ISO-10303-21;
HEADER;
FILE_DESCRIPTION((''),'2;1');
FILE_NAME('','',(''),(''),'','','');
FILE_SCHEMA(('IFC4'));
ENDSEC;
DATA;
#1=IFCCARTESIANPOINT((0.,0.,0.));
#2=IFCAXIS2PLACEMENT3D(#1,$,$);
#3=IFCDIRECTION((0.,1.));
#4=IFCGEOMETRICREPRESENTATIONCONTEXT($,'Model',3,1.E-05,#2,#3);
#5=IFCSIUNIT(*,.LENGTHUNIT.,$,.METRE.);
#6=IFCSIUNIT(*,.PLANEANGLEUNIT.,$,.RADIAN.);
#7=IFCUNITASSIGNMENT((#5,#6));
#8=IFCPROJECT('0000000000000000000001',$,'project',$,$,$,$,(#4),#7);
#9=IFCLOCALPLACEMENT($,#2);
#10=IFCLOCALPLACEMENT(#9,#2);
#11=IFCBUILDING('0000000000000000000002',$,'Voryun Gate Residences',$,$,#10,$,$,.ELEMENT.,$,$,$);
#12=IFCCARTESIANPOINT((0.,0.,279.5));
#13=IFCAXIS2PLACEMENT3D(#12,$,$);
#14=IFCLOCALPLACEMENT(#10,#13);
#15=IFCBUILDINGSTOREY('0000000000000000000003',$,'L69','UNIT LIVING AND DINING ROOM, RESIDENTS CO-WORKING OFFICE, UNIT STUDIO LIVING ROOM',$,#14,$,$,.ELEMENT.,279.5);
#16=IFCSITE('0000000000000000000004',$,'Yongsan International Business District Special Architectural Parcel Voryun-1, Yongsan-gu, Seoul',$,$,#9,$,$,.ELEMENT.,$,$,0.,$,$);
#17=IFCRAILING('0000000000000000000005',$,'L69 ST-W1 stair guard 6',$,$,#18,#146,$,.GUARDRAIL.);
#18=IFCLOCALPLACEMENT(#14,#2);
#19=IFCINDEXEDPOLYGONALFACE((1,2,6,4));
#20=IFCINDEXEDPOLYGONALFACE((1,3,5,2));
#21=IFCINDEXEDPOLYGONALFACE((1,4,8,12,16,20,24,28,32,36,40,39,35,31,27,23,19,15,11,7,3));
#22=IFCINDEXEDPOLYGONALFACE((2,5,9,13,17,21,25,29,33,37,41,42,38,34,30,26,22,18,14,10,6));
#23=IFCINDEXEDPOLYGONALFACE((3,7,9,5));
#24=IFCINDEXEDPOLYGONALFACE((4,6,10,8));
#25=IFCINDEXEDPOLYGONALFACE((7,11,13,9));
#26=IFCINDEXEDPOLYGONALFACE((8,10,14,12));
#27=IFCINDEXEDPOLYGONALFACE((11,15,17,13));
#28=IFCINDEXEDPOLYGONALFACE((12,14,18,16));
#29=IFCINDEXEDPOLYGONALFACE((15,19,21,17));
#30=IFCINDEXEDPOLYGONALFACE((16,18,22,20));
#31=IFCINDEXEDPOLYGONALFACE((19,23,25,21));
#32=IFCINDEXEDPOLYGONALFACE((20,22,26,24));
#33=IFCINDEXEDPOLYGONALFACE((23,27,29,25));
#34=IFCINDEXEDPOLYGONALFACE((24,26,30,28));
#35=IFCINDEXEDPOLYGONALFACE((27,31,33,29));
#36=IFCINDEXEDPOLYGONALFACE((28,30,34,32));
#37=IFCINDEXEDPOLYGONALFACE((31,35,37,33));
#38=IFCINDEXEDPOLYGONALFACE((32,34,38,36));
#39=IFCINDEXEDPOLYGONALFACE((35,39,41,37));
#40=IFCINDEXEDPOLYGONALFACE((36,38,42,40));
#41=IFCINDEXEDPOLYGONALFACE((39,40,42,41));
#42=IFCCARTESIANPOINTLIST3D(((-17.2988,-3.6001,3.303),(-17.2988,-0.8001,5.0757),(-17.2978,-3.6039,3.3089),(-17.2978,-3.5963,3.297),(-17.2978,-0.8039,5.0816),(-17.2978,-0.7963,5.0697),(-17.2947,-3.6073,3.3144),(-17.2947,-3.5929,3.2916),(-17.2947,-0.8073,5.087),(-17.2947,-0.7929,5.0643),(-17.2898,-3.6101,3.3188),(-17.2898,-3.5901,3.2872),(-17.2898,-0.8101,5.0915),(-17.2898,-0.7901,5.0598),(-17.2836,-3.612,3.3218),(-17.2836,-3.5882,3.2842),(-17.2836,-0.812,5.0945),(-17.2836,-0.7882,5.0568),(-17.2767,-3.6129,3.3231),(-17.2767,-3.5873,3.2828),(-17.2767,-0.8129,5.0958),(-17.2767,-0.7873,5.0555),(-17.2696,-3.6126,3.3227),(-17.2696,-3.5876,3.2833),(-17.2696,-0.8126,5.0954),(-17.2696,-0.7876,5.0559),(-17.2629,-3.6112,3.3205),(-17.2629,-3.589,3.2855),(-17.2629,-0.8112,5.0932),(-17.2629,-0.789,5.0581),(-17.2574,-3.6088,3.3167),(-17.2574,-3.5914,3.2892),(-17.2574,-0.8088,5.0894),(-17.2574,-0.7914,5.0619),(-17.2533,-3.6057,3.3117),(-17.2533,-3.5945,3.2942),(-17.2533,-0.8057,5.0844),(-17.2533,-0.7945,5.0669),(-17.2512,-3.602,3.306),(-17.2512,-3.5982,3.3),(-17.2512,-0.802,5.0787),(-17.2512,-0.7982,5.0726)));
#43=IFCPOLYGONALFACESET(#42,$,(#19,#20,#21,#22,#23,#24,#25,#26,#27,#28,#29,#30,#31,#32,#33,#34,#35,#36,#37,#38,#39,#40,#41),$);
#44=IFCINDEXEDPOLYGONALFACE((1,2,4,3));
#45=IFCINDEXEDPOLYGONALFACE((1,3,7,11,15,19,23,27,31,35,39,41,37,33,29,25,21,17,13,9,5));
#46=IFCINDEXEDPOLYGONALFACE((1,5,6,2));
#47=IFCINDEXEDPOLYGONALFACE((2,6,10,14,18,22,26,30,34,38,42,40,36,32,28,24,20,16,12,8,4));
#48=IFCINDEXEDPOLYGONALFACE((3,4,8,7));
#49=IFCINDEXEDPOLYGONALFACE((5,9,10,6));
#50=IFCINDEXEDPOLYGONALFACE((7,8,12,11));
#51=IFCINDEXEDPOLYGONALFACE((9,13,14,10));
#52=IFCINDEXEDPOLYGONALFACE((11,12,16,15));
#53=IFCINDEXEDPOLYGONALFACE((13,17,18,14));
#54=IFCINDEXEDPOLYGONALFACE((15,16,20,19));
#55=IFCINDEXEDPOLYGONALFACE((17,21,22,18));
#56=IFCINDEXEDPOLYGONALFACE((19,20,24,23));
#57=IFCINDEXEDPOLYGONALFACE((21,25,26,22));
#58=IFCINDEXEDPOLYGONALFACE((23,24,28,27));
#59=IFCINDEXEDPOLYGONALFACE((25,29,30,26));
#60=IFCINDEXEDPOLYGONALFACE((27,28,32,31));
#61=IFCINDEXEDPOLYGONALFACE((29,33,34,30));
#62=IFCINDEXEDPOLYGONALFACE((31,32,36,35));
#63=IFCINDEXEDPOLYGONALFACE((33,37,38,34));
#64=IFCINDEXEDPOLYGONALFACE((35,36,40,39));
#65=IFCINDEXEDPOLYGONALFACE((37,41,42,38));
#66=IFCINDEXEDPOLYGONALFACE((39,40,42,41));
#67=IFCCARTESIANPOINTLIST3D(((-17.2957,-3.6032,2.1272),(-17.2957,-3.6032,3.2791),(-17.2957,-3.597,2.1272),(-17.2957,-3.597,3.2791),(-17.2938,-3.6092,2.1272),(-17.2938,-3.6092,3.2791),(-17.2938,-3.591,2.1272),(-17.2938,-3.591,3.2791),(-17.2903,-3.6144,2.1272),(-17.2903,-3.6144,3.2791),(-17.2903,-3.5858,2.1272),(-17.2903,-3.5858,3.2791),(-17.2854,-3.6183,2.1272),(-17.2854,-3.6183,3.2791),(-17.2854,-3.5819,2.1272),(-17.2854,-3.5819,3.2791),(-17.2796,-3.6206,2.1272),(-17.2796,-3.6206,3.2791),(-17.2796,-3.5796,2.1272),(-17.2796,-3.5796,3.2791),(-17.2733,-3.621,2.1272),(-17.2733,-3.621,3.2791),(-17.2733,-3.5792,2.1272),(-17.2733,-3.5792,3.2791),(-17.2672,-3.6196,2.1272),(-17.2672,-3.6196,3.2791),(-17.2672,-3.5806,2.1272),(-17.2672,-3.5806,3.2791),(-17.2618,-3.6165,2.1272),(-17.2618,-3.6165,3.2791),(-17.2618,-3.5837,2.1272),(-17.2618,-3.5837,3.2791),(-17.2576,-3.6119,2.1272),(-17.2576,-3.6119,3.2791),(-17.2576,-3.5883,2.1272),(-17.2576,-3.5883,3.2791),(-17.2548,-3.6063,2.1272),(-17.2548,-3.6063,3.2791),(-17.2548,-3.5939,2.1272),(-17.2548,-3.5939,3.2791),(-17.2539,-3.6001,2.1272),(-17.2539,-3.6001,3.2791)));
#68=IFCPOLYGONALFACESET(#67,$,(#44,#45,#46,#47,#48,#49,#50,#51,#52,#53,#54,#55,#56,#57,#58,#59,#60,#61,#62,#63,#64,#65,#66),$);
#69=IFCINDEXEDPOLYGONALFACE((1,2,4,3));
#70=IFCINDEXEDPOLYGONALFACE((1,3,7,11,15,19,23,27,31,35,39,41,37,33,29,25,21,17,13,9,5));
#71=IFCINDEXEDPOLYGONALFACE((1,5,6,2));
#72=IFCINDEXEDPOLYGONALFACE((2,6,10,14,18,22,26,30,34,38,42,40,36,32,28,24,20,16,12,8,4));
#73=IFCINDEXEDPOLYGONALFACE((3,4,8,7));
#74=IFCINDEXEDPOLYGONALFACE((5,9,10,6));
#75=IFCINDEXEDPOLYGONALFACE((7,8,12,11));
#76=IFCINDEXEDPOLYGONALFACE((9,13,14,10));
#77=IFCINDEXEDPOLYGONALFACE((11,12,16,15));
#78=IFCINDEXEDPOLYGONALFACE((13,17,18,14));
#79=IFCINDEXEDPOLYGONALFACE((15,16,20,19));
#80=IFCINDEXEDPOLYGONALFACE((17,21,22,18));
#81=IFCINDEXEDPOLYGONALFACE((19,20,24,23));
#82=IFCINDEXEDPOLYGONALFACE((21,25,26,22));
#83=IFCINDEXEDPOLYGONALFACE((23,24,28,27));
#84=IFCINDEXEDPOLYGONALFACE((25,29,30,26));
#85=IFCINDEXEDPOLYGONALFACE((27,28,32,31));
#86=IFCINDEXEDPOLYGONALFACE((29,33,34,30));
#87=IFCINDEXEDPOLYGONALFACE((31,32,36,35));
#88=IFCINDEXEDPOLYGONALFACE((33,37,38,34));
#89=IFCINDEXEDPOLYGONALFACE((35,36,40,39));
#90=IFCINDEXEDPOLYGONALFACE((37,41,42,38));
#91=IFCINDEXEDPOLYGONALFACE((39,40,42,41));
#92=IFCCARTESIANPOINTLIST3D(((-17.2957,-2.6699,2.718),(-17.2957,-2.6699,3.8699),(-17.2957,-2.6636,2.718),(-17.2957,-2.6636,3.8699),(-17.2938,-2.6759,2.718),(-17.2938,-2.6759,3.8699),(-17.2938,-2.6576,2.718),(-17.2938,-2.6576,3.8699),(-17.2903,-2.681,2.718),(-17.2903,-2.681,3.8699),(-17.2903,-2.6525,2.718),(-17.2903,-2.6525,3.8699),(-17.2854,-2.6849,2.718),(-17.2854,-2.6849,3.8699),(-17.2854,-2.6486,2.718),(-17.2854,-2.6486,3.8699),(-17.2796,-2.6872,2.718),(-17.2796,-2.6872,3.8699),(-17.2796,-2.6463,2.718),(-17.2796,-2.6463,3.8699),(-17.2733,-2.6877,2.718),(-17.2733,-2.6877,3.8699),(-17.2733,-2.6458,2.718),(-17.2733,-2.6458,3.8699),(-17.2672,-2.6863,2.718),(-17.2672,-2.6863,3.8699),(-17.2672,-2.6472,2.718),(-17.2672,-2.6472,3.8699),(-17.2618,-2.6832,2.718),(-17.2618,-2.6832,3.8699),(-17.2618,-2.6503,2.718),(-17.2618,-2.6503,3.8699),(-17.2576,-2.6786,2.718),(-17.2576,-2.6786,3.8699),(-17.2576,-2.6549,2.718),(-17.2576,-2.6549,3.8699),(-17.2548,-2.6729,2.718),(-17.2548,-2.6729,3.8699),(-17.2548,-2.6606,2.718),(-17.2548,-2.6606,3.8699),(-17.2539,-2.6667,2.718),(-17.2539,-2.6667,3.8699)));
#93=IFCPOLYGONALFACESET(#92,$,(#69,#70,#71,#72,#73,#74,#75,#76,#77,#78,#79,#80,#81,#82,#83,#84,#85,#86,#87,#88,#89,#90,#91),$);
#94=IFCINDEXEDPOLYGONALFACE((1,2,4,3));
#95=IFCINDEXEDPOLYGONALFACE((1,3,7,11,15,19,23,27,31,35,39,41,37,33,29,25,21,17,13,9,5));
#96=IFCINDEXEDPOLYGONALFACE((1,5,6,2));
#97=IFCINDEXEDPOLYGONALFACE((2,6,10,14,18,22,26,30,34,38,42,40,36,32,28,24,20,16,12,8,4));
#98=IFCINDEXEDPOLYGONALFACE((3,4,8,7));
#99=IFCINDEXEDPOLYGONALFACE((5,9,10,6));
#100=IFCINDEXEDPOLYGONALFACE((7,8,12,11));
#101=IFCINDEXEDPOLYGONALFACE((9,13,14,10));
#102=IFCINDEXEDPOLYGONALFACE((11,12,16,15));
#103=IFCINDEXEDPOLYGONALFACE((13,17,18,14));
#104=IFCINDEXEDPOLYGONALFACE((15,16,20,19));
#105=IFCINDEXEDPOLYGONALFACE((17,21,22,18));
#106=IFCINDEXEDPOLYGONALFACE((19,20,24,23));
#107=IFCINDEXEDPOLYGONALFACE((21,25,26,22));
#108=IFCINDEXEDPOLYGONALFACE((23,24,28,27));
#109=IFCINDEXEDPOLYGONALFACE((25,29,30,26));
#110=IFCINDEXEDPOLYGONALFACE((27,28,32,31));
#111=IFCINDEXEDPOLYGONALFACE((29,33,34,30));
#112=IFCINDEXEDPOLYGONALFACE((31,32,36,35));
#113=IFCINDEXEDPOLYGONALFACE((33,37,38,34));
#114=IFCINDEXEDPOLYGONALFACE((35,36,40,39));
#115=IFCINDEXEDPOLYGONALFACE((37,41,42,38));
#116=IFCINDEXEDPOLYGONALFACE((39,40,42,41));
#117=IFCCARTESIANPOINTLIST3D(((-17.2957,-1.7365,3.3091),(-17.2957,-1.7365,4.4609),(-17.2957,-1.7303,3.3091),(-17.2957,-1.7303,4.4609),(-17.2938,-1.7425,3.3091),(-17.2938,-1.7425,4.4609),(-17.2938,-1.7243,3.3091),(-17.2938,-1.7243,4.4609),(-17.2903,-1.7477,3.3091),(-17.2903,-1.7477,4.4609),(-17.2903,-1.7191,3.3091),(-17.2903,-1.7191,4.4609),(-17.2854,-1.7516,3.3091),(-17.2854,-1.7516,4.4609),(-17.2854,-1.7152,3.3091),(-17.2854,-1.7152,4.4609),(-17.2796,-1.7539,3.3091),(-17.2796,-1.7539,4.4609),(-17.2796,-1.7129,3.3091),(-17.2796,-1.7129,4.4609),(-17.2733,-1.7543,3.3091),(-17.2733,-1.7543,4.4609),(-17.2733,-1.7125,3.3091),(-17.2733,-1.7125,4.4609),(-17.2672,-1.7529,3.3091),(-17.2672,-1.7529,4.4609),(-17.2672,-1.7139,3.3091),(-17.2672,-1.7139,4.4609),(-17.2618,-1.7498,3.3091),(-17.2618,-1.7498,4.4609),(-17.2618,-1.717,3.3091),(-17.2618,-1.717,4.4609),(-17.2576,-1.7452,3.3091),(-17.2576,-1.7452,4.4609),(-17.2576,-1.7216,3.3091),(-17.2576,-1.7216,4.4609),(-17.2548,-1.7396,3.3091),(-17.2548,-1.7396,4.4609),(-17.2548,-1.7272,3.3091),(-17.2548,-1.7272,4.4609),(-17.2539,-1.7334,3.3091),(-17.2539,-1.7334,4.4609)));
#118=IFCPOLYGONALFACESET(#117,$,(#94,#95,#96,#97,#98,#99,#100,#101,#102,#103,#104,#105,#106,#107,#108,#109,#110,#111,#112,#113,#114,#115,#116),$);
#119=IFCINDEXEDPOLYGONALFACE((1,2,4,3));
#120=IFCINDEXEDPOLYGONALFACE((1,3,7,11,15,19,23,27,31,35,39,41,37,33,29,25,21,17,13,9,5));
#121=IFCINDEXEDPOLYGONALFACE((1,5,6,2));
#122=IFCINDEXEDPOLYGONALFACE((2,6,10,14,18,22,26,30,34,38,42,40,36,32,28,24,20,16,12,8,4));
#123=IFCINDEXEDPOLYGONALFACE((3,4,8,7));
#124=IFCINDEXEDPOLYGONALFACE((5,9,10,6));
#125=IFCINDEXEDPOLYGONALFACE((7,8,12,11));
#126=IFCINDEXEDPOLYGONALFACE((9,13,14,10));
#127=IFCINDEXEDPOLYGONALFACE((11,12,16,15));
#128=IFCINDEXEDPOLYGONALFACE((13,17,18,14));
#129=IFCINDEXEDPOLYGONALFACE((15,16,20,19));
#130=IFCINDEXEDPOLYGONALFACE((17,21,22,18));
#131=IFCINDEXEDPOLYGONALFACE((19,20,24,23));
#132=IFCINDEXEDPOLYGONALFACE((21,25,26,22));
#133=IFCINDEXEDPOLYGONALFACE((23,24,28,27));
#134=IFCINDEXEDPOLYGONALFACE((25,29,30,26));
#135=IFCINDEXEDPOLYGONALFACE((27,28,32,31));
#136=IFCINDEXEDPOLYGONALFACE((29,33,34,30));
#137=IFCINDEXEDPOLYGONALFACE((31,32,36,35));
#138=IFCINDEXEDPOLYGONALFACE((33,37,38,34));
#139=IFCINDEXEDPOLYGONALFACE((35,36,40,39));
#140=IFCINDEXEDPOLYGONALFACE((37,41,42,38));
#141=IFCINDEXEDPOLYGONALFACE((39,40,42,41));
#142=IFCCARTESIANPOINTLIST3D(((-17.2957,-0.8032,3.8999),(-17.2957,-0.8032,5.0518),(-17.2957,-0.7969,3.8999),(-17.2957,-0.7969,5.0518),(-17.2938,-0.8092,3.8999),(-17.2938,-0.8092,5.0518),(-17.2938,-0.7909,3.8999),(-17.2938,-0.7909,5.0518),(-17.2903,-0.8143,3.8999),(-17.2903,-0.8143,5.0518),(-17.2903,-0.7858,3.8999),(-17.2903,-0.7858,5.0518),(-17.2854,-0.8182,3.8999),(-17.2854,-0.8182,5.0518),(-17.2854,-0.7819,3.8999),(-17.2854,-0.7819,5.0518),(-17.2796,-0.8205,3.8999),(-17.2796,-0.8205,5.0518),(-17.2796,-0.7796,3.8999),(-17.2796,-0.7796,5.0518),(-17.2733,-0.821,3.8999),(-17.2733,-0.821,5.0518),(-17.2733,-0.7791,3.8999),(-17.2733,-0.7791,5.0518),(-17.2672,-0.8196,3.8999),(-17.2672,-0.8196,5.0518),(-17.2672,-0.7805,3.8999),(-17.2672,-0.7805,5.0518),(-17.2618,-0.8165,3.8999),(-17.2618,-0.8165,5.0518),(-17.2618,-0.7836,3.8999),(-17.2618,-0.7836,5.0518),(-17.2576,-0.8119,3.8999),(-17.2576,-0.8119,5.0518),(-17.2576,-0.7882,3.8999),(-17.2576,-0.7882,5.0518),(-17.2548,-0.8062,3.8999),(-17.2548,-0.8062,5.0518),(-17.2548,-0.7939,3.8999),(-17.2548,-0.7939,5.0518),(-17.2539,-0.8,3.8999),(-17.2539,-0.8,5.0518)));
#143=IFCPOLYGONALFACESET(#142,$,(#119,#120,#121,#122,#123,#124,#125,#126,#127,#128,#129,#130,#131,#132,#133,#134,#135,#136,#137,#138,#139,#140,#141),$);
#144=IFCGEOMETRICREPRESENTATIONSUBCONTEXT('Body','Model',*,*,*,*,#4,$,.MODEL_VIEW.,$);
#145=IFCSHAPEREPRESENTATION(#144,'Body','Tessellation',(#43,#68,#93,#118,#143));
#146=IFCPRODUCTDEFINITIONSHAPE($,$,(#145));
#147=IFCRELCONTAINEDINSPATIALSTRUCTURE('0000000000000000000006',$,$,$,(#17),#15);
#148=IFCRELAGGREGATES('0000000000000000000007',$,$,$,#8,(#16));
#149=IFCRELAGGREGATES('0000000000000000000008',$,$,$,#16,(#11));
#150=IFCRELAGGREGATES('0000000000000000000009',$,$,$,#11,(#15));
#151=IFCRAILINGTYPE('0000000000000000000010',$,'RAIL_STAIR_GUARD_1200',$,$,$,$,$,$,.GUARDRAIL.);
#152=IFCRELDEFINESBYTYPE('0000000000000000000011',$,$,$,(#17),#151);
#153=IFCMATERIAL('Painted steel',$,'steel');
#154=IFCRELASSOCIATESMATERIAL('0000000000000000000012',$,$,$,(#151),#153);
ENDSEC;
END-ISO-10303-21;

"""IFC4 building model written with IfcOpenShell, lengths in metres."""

from ifc_helpers import new_model, si_unit, direction, frame, origin, origin_2d, place, context, subcontext, project, spatial, circle, extrude, material, type_object, element, save


model = new_model("IFC4")

# Units and contexts
model_context = context("Model", 3, precision=1e-05, world=origin(), true_north=direction((0.0, 1.0)))
body_context = subcontext(model_context, "Body", "Model", "MODEL_VIEW")
ifc_project = project(units=[si_unit("LENGTHUNIT", "METRE"), si_unit("PLANEANGLEUNIT", "RADIAN")], contexts=[model_context])

# Site, building, storey
site_placement = place(None, origin())
site = spatial("IfcSite", under=ifc_project, at=site_placement, Name="Yongsan International Business District Special Architectural Parcel Voryun-1, Yongsan-gu, Seoul", CompositionType="ELEMENT", RefElevation=0.0)
building_placement = place(site_placement, origin())
building = spatial("IfcBuilding", under=site, at=building_placement, Name="Voryun Gate Residences", CompositionType="ELEMENT")
storey_placement = place(building_placement, frame((0.0, 0.0, 279.5)))
storey = spatial("IfcBuildingStorey", under=building, at=storey_placement, Name="L69", Description="UNIT LIVING AND DINING ROOM, RESIDENTS CO-WORKING OFFICE, UNIT STUDIO LIVING ROOM", CompositionType="ELEMENT", Elevation=279.5)

# Railing
ifc_material_1 = material(Name="Painted steel", Category="steel")
railing_type_1 = type_object("IfcRailingType", Name="RAIL_STAIR_GUARD_1200", PredefinedType="GUARDRAIL", material=ifc_material_1)
railing_1_placement = place(storey_placement, frame((-17.2749, -3.6001, 2.1272)))
element("IfcRailing", 1, at=railing_1_placement, inside=storey, type_object=railing_type_1, Name="L69 ST-W1 stair guard 6", PredefinedType="GUARDRAIL", context=body_context, shape_type="SweptSolid", body=[
    extrude(circle(Radius=0.0239, at=origin_2d()), frame((0.0, 0.0, 1.1758), z_axis=(0.0, 0.844909, 0.53491), x_axis=(-1.0, 0.0, 0.0)), (0.0, 0.0, 1.0), 3.314),
    extrude(circle(Radius=0.021, at=origin_2d()), origin(), (0.0, 0.0, 1.0), 1.1519),
    extrude(circle(Radius=0.021, at=origin_2d()), frame((0.0, 0.9333, 0.5908)), (0.0, 0.0, 1.0), 1.1519),
    extrude(circle(Radius=0.021, at=origin_2d()), frame((0.0, 1.8667, 1.1819)), (0.0, 0.0, 1.0), 1.1519),
    extrude(circle(Radius=0.021, at=origin_2d()), frame((0.0, 2.8, 1.7727)), (0.0, 0.0, 1.0), 1.1519),
])

save(model, "model.ifc")
